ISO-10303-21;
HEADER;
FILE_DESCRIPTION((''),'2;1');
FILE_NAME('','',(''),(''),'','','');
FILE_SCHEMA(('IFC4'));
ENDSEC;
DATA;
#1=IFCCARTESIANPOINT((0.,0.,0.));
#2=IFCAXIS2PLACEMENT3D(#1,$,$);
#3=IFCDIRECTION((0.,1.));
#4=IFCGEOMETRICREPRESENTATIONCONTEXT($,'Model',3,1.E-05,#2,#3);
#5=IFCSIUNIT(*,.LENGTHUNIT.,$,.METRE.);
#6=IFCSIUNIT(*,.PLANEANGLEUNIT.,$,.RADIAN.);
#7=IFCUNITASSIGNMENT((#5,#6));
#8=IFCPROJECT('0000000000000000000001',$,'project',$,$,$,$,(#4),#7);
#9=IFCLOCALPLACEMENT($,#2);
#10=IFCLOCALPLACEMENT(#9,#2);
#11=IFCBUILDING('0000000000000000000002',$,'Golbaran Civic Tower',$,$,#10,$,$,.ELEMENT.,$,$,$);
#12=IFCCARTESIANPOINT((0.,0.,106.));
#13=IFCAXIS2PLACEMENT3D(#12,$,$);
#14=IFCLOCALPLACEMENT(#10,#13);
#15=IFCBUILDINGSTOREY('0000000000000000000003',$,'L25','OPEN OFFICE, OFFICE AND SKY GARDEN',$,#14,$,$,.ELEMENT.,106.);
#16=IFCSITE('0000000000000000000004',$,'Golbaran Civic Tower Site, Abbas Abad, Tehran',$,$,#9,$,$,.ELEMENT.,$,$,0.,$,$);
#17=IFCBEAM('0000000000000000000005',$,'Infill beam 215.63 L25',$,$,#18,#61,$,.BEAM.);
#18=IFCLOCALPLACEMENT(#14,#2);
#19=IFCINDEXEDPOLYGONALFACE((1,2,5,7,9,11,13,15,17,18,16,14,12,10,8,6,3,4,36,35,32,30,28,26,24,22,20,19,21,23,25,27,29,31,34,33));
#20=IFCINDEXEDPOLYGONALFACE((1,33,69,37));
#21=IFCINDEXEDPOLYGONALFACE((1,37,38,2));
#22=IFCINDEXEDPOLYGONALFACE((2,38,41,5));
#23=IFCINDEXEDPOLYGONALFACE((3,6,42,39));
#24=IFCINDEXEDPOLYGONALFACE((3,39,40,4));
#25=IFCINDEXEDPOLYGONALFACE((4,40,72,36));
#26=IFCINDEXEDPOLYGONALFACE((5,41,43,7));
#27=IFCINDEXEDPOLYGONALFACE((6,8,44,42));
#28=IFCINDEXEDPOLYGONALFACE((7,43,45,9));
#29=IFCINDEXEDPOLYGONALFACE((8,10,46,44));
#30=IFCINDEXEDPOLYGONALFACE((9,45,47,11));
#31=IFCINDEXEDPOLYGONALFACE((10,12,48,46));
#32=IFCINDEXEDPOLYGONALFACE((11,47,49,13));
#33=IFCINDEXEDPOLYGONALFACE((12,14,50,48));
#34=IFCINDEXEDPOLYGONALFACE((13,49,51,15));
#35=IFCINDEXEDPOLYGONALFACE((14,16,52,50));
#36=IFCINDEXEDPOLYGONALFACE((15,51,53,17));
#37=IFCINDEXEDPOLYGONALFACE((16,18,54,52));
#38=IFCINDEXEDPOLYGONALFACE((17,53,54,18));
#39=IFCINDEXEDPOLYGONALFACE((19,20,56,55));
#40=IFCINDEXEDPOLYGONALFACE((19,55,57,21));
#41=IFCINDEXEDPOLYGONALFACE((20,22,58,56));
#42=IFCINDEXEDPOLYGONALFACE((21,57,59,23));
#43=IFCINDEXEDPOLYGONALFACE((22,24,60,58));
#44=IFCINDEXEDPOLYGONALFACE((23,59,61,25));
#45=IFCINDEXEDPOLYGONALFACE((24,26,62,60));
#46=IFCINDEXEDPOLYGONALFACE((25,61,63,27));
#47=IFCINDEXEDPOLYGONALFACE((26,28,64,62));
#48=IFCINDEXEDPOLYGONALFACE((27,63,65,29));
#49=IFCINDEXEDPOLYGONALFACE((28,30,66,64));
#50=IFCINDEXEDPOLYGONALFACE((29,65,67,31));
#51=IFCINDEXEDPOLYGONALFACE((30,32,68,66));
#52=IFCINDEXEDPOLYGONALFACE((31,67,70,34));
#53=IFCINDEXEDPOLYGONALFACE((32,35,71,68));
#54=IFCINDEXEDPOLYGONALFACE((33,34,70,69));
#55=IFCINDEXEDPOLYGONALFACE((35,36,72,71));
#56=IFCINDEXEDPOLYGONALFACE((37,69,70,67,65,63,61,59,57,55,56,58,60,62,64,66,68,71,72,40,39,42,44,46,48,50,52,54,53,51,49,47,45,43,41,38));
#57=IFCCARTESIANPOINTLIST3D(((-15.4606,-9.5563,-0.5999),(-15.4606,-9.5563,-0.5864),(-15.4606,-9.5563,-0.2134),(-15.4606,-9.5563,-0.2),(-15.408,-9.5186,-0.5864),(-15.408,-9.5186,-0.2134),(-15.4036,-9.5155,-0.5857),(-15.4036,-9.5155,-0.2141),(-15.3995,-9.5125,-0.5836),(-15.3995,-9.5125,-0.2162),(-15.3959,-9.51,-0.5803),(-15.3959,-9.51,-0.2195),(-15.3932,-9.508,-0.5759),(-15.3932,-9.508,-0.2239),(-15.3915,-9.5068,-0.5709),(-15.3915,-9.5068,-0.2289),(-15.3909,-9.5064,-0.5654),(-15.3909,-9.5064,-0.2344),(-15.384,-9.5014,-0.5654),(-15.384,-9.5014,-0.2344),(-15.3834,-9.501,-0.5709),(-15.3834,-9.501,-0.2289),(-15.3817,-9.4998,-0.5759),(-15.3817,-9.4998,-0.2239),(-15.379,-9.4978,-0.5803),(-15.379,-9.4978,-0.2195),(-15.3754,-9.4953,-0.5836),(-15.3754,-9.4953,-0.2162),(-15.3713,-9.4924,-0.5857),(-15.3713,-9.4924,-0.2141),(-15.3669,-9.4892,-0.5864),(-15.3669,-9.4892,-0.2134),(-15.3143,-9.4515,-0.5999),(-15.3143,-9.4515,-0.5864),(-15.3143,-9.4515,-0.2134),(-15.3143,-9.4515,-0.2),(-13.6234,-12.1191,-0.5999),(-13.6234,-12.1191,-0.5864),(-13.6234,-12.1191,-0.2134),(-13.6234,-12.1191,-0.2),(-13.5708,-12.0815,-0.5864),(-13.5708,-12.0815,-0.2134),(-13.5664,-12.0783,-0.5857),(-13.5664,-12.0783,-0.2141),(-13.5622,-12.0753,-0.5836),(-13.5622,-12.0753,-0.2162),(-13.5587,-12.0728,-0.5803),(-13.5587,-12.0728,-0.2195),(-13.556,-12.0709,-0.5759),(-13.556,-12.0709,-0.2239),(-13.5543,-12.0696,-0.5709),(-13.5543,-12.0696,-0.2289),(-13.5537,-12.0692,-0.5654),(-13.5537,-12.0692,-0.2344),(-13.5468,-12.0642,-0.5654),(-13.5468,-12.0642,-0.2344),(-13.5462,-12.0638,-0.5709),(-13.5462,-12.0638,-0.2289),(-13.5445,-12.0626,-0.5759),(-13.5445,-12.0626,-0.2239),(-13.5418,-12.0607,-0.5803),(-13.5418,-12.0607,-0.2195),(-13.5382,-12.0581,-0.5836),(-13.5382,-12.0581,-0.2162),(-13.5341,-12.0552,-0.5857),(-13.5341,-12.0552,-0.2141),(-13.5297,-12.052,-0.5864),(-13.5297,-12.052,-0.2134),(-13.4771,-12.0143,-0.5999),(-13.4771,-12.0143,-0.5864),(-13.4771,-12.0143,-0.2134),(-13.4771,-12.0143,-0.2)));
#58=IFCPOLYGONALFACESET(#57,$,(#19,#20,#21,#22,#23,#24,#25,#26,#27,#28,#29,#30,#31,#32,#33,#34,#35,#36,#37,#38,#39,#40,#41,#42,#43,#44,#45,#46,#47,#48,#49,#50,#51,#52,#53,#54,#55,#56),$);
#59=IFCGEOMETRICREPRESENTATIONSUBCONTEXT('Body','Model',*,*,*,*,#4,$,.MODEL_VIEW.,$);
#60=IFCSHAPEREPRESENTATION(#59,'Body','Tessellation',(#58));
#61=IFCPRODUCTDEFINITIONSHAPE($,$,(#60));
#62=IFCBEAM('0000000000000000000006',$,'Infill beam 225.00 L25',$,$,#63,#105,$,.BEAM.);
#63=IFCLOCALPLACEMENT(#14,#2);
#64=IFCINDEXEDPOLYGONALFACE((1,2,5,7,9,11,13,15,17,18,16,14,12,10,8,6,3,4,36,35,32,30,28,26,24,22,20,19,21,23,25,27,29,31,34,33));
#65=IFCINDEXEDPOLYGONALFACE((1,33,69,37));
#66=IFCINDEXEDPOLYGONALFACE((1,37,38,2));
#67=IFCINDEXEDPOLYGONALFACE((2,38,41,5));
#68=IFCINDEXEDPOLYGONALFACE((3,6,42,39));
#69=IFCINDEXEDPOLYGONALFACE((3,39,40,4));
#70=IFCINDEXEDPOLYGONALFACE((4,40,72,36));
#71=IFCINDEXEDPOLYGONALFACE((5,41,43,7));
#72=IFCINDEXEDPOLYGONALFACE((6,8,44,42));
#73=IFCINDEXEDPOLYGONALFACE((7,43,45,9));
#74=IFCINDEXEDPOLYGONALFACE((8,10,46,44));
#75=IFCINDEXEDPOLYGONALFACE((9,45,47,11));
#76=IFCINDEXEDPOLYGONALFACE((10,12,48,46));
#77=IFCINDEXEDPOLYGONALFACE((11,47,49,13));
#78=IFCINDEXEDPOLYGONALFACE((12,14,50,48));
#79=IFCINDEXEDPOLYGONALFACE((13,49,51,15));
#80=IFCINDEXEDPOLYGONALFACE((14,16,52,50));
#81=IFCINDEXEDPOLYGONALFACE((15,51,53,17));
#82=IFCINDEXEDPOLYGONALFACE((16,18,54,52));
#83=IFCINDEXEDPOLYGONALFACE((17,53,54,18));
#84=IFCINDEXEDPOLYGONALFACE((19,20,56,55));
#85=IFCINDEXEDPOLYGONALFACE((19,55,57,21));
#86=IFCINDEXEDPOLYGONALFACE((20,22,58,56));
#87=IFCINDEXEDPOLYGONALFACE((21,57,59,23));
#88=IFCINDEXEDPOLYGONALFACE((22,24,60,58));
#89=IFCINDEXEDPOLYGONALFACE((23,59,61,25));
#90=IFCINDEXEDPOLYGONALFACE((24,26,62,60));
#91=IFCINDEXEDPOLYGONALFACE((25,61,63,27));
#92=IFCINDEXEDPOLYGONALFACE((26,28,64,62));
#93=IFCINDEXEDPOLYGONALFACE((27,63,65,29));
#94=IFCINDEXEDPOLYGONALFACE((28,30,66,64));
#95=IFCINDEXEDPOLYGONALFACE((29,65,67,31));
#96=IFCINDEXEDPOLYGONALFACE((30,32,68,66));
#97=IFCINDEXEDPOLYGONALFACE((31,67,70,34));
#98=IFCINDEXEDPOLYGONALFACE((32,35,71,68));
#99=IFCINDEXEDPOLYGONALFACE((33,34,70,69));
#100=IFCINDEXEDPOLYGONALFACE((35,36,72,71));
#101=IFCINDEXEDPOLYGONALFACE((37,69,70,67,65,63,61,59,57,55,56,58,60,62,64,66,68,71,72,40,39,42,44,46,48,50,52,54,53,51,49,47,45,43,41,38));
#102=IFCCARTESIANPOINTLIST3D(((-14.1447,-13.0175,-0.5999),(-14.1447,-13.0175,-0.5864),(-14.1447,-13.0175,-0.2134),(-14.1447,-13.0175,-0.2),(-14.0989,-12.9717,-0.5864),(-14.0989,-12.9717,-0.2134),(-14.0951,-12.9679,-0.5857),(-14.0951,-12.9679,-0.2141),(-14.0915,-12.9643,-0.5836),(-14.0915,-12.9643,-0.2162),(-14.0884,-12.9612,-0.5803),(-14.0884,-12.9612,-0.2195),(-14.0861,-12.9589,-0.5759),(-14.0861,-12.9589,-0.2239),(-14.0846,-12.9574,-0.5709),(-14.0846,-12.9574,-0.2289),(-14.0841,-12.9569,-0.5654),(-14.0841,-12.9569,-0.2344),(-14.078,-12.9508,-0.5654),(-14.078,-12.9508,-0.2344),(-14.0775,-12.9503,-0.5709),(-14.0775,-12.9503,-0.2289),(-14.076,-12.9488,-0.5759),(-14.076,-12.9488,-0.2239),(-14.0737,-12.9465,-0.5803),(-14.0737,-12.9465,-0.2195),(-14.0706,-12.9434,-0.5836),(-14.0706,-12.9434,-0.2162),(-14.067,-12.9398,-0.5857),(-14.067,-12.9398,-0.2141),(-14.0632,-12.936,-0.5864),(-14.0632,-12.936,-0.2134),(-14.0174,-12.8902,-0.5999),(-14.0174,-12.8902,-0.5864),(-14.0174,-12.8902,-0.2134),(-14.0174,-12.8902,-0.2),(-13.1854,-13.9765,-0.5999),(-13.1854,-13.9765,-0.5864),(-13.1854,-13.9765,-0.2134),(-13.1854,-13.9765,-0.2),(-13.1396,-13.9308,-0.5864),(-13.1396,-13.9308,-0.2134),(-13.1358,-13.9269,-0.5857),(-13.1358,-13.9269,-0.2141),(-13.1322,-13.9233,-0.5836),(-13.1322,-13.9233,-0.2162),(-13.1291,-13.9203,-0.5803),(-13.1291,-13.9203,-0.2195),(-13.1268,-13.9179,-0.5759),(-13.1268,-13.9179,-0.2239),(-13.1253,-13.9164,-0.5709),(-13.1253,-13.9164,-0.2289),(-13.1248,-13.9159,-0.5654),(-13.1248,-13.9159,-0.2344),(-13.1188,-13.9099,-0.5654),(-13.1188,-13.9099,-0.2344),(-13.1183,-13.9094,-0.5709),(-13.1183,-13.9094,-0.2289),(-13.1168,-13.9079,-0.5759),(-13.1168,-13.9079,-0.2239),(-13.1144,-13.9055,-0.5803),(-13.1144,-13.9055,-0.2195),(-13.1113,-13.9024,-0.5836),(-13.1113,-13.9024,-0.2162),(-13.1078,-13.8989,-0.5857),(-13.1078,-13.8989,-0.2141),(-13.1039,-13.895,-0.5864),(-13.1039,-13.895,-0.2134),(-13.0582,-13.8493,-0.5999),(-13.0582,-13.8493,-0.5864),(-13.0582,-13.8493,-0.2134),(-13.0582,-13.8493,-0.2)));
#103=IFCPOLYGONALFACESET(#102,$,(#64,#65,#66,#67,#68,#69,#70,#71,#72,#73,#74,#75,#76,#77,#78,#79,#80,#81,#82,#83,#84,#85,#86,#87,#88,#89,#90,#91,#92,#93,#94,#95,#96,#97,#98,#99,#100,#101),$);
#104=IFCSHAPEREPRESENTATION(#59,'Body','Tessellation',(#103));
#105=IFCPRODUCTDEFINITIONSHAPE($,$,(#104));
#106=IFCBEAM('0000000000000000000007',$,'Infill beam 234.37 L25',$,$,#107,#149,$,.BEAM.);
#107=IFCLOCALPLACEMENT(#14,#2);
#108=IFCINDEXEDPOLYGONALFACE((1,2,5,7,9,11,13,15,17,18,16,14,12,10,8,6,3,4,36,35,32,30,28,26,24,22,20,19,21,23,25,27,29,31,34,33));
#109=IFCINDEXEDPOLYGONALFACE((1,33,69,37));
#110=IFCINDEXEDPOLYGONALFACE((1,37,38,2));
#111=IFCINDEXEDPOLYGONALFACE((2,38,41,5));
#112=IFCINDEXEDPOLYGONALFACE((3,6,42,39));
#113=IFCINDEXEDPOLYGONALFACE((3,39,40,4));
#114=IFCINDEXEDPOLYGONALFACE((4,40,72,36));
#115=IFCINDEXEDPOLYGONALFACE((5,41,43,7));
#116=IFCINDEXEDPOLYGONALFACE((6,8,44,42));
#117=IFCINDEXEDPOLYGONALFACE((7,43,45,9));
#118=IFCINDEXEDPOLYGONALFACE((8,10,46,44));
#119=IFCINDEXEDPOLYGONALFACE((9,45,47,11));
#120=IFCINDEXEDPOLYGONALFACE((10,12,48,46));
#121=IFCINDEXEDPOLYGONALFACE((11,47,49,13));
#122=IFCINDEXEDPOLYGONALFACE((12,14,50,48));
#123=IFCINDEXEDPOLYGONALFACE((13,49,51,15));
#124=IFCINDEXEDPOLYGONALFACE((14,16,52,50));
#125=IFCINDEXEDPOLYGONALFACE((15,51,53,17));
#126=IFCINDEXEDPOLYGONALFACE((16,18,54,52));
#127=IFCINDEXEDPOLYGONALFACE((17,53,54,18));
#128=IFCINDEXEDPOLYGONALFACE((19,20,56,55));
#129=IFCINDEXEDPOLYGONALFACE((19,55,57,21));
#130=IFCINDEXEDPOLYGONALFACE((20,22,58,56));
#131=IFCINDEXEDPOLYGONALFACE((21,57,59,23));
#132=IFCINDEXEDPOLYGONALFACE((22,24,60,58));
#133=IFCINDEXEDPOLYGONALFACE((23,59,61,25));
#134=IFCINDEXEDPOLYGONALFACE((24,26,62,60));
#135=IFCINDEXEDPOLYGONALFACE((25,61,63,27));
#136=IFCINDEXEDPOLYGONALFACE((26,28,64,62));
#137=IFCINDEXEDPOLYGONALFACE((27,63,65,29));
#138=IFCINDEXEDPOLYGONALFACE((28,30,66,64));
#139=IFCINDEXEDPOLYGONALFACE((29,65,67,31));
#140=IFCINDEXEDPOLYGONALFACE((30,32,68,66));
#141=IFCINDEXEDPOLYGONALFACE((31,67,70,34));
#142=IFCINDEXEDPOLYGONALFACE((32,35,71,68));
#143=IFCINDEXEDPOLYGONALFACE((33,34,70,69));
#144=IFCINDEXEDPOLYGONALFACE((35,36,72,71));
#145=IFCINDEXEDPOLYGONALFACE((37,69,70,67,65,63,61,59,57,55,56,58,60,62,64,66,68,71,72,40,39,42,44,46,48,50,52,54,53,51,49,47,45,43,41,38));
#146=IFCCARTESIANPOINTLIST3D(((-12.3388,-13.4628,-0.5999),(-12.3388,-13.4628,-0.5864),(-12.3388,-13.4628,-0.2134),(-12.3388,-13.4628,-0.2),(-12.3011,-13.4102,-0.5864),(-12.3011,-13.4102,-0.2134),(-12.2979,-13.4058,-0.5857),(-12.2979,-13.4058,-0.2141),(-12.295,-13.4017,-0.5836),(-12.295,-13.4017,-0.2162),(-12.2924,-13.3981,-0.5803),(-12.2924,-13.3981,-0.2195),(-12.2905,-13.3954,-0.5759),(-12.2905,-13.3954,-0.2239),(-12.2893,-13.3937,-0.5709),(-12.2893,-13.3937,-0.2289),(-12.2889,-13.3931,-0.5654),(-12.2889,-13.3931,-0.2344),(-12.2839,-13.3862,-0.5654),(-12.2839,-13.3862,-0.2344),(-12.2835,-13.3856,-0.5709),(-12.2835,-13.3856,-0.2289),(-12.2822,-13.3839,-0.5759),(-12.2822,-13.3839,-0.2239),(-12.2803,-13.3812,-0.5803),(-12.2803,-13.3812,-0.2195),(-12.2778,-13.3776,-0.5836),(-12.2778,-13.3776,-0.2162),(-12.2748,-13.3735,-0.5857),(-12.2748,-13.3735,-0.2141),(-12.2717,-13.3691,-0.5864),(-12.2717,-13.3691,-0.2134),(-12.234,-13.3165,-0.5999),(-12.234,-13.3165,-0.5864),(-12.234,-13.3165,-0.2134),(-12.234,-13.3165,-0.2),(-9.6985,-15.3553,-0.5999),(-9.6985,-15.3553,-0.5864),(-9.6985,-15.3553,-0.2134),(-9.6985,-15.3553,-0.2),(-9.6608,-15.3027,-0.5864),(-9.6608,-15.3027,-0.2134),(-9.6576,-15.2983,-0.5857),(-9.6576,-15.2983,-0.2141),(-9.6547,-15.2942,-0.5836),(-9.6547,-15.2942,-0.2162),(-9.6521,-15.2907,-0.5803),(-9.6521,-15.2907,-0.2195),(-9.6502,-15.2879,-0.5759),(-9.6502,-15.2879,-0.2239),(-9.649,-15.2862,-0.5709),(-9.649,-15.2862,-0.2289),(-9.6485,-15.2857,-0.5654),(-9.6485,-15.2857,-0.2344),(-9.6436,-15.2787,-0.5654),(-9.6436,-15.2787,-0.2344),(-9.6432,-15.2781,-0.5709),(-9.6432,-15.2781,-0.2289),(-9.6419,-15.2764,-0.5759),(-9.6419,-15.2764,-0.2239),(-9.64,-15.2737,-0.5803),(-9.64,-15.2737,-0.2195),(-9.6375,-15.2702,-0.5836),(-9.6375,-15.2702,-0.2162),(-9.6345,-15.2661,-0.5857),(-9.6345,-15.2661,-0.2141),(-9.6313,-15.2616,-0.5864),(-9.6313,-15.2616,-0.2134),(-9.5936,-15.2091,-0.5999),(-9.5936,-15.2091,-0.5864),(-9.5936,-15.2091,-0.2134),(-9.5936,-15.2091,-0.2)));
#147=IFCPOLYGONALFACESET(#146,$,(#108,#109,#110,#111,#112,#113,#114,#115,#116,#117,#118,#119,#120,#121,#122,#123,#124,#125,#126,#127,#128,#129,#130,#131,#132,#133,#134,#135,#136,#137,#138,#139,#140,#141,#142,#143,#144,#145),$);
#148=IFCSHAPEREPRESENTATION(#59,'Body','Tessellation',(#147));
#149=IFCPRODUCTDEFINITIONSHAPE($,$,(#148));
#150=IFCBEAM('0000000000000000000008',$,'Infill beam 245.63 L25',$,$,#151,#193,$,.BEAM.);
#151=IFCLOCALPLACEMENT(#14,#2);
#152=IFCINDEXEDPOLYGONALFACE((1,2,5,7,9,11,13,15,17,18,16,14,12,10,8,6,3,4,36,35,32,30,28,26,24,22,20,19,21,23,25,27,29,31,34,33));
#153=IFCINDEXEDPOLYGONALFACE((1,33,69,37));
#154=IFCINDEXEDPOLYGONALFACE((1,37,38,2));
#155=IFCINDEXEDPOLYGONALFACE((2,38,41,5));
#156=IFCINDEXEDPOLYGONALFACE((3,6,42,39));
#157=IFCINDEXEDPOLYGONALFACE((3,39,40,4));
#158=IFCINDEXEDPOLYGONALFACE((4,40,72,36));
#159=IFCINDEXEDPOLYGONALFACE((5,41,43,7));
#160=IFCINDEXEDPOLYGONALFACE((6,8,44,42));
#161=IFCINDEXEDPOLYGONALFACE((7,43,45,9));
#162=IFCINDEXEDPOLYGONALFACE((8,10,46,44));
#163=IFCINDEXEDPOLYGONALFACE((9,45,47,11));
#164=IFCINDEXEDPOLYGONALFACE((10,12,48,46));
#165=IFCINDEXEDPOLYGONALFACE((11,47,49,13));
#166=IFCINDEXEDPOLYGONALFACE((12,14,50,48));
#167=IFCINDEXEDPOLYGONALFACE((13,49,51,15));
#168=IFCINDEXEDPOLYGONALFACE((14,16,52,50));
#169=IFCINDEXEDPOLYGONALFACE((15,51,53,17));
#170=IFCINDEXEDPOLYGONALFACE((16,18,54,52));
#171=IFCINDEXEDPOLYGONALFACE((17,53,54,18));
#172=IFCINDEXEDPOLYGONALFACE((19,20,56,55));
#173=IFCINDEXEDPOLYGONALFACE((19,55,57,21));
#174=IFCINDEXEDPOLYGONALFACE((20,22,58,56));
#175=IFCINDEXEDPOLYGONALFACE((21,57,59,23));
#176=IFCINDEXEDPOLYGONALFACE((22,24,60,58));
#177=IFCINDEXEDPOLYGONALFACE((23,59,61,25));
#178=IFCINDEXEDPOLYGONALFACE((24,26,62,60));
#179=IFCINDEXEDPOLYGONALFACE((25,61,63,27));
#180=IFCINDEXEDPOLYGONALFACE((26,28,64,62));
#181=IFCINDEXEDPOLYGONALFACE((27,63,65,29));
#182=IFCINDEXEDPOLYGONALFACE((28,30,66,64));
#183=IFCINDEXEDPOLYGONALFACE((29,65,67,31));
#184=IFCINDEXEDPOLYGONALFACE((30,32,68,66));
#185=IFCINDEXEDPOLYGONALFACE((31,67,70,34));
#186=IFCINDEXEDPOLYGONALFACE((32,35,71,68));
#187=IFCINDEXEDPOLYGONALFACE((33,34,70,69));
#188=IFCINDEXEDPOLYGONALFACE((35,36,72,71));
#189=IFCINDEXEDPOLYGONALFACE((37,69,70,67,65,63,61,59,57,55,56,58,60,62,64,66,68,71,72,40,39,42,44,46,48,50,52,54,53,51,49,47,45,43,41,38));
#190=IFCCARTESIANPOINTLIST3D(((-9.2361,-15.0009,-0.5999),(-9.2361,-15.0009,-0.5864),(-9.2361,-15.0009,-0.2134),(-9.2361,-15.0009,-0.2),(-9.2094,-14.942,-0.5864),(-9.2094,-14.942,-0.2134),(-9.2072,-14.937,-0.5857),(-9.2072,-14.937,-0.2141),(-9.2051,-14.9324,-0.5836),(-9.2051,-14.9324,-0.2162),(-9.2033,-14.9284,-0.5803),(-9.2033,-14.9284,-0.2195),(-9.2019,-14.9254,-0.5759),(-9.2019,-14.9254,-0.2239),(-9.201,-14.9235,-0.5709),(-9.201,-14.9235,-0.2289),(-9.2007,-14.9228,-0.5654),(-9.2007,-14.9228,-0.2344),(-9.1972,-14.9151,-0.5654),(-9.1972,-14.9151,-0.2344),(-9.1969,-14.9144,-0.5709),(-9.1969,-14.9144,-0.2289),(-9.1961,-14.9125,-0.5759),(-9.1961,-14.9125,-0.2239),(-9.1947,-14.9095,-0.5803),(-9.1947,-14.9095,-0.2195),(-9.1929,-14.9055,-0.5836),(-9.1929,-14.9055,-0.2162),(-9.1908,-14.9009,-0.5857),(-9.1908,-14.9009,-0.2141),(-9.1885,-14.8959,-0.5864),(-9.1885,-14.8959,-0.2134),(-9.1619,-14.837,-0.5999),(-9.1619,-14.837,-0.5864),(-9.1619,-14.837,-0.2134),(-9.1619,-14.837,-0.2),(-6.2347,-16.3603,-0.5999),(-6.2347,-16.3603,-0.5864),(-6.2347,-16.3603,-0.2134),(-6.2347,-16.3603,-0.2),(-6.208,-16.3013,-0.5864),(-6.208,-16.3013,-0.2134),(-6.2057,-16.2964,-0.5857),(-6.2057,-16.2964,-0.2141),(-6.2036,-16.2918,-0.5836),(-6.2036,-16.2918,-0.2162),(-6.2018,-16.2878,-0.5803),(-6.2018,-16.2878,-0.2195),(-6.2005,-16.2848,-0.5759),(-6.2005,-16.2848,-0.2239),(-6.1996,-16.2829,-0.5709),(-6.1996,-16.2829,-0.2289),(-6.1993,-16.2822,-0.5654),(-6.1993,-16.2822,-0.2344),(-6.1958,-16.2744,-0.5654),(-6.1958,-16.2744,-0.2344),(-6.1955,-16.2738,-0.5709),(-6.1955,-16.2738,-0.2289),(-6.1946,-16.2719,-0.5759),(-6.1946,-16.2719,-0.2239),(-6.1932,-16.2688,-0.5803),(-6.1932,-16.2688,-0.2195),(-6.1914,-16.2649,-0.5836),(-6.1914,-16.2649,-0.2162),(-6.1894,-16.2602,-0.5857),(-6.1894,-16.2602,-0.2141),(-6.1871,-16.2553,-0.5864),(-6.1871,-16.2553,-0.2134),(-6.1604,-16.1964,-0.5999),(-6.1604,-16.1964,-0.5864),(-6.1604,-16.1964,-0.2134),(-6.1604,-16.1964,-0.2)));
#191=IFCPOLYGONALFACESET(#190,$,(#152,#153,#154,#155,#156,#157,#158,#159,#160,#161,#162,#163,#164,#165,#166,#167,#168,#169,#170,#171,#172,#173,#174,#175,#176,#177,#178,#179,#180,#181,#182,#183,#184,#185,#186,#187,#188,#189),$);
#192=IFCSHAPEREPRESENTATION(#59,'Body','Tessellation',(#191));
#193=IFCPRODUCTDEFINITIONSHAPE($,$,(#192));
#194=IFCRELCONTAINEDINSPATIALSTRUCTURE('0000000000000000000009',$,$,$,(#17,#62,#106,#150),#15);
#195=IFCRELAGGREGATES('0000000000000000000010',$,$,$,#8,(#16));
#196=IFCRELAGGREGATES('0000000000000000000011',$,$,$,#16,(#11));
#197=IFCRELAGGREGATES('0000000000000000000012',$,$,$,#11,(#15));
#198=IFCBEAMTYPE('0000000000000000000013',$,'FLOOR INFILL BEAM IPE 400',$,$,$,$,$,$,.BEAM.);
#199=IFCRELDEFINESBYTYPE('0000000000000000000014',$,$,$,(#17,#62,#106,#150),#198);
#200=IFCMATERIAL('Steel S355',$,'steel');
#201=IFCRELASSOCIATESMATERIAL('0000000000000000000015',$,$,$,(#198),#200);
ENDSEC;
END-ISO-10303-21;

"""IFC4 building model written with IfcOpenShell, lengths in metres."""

from ifc_helpers import new_model, si_unit, direction, frame, origin, origin_2d, place, context, subcontext, project, spatial, i_section, extrude, material, material_profile, profile_set, type_object, element, save


model = new_model("IFC4")

# Units and contexts
model_context = context("Model", 3, precision=1e-05, world=origin(), true_north=direction((0.0, 1.0)))
body_context = subcontext(model_context, "Body", "Model", "MODEL_VIEW")
ifc_project = project(units=[si_unit("LENGTHUNIT", "METRE"), si_unit("PLANEANGLEUNIT", "RADIAN")], contexts=[model_context])

# Site, building, storey
site_placement = place(None, origin())
site = spatial("IfcSite", under=ifc_project, at=site_placement, Name="Golbaran Civic Tower Site, Abbas Abad, Tehran", CompositionType="ELEMENT", RefElevation=0.0)
building_placement = place(site_placement, origin())
building = spatial("IfcBuilding", under=site, at=building_placement, Name="Golbaran Civic Tower", CompositionType="ELEMENT")
storey_placement = place(building_placement, frame((0.0, 0.0, 106.0)))
storey = spatial("IfcBuildingStorey", under=building, at=storey_placement, Name="L25", Description="OPEN OFFICE, OFFICE AND SKY GARDEN", CompositionType="ELEMENT", Elevation=106.0)

# Beams
ifc_material_1 = material(Name="Steel S355", Category="steel")
ifc_material_profile_1 = material_profile(ifc_material_1, i_section(OverallWidth=0.1799, OverallDepth=0.3999, WebThickness=0.0085, FlangeThickness=0.0134, FilletRadius=0.021, at=origin_2d()), Name="IPE 400")
ifc_profile_set_1 = profile_set([ifc_material_profile_1], Name="Steel S355")
beam_type_1 = type_object("IfcBeamType", Name="FLOOR INFILL BEAM IPE 400", PredefinedType="BEAM", material=ifc_profile_set_1)
beam_1_placement = place(storey_placement, frame((-15.3875, -9.5039, -0.3999), z_axis=(0.582629, -0.812738, 0.0), x_axis=(0.812738, 0.582629, 0.0)))
element("IfcBeam", 1, at=beam_1_placement, inside=storey, type_object=beam_type_1, Name="Infill beam 215.63 L25", PredefinedType="BEAM", context=body_context, shape_type="SweptSolid", body=[
    extrude(i_section(OverallWidth=0.1799, OverallDepth=0.3999, WebThickness=0.0085, FlangeThickness=0.0134, FilletRadius=0.021, at=origin_2d()), origin(), (0.0, 0.0, 1.0), 3.1533),
])
beam_2_placement = place(storey_placement, frame((-14.0811, -12.9539, -0.3999), z_axis=(0.707197, -0.707017, 0.0), x_axis=(0.707017, 0.707197, 0.0)))
element("IfcBeam", 2, at=beam_2_placement, inside=storey, type_object=beam_type_1, Name="Infill beam 225.00 L25", PredefinedType="BEAM", context=body_context, shape_type="SweptSolid", body=[
    extrude(i_section(OverallWidth=0.1799, OverallDepth=0.3999, WebThickness=0.0085, FlangeThickness=0.0134, FilletRadius=0.021, at=origin_2d()), origin(), (0.0, 0.0, 1.0), 1.3564),
])
beam_3_placement = place(storey_placement, frame((-12.2864, -13.3896, -0.3999), z_axis=(0.812773, -0.582581, 0.0), x_axis=(0.582581, 0.812773, 0.0)))
element("IfcBeam", 3, at=beam_3_placement, inside=storey, type_object=beam_type_1, Name="Infill beam 234.37 L25", PredefinedType="BEAM", context=body_context, shape_type="SweptSolid", body=[
    extrude(i_section(OverallWidth=0.1799, OverallDepth=0.3999, WebThickness=0.0085, FlangeThickness=0.0134, FilletRadius=0.021, at=origin_2d()), origin(), (0.0, 0.0, 1.0), 3.2485),
])
beam_4_placement = place(storey_placement, frame((-9.199, -14.9189, -0.3999), z_axis=(0.910929, -0.412563, 0.0), x_axis=(0.412563, 0.910929, 0.0)))
element("IfcBeam", 4, at=beam_4_placement, inside=storey, type_object=beam_type_1, Name="Infill beam 245.63 L25", PredefinedType="BEAM", context=body_context, shape_type="SweptSolid", body=[
    extrude(i_section(OverallWidth=0.1799, OverallDepth=0.3999, WebThickness=0.0085, FlangeThickness=0.0134, FilletRadius=0.021, at=origin_2d()), origin(), (0.0, 0.0, 1.0), 3.2949),
])

save(model, "model.ifc")
